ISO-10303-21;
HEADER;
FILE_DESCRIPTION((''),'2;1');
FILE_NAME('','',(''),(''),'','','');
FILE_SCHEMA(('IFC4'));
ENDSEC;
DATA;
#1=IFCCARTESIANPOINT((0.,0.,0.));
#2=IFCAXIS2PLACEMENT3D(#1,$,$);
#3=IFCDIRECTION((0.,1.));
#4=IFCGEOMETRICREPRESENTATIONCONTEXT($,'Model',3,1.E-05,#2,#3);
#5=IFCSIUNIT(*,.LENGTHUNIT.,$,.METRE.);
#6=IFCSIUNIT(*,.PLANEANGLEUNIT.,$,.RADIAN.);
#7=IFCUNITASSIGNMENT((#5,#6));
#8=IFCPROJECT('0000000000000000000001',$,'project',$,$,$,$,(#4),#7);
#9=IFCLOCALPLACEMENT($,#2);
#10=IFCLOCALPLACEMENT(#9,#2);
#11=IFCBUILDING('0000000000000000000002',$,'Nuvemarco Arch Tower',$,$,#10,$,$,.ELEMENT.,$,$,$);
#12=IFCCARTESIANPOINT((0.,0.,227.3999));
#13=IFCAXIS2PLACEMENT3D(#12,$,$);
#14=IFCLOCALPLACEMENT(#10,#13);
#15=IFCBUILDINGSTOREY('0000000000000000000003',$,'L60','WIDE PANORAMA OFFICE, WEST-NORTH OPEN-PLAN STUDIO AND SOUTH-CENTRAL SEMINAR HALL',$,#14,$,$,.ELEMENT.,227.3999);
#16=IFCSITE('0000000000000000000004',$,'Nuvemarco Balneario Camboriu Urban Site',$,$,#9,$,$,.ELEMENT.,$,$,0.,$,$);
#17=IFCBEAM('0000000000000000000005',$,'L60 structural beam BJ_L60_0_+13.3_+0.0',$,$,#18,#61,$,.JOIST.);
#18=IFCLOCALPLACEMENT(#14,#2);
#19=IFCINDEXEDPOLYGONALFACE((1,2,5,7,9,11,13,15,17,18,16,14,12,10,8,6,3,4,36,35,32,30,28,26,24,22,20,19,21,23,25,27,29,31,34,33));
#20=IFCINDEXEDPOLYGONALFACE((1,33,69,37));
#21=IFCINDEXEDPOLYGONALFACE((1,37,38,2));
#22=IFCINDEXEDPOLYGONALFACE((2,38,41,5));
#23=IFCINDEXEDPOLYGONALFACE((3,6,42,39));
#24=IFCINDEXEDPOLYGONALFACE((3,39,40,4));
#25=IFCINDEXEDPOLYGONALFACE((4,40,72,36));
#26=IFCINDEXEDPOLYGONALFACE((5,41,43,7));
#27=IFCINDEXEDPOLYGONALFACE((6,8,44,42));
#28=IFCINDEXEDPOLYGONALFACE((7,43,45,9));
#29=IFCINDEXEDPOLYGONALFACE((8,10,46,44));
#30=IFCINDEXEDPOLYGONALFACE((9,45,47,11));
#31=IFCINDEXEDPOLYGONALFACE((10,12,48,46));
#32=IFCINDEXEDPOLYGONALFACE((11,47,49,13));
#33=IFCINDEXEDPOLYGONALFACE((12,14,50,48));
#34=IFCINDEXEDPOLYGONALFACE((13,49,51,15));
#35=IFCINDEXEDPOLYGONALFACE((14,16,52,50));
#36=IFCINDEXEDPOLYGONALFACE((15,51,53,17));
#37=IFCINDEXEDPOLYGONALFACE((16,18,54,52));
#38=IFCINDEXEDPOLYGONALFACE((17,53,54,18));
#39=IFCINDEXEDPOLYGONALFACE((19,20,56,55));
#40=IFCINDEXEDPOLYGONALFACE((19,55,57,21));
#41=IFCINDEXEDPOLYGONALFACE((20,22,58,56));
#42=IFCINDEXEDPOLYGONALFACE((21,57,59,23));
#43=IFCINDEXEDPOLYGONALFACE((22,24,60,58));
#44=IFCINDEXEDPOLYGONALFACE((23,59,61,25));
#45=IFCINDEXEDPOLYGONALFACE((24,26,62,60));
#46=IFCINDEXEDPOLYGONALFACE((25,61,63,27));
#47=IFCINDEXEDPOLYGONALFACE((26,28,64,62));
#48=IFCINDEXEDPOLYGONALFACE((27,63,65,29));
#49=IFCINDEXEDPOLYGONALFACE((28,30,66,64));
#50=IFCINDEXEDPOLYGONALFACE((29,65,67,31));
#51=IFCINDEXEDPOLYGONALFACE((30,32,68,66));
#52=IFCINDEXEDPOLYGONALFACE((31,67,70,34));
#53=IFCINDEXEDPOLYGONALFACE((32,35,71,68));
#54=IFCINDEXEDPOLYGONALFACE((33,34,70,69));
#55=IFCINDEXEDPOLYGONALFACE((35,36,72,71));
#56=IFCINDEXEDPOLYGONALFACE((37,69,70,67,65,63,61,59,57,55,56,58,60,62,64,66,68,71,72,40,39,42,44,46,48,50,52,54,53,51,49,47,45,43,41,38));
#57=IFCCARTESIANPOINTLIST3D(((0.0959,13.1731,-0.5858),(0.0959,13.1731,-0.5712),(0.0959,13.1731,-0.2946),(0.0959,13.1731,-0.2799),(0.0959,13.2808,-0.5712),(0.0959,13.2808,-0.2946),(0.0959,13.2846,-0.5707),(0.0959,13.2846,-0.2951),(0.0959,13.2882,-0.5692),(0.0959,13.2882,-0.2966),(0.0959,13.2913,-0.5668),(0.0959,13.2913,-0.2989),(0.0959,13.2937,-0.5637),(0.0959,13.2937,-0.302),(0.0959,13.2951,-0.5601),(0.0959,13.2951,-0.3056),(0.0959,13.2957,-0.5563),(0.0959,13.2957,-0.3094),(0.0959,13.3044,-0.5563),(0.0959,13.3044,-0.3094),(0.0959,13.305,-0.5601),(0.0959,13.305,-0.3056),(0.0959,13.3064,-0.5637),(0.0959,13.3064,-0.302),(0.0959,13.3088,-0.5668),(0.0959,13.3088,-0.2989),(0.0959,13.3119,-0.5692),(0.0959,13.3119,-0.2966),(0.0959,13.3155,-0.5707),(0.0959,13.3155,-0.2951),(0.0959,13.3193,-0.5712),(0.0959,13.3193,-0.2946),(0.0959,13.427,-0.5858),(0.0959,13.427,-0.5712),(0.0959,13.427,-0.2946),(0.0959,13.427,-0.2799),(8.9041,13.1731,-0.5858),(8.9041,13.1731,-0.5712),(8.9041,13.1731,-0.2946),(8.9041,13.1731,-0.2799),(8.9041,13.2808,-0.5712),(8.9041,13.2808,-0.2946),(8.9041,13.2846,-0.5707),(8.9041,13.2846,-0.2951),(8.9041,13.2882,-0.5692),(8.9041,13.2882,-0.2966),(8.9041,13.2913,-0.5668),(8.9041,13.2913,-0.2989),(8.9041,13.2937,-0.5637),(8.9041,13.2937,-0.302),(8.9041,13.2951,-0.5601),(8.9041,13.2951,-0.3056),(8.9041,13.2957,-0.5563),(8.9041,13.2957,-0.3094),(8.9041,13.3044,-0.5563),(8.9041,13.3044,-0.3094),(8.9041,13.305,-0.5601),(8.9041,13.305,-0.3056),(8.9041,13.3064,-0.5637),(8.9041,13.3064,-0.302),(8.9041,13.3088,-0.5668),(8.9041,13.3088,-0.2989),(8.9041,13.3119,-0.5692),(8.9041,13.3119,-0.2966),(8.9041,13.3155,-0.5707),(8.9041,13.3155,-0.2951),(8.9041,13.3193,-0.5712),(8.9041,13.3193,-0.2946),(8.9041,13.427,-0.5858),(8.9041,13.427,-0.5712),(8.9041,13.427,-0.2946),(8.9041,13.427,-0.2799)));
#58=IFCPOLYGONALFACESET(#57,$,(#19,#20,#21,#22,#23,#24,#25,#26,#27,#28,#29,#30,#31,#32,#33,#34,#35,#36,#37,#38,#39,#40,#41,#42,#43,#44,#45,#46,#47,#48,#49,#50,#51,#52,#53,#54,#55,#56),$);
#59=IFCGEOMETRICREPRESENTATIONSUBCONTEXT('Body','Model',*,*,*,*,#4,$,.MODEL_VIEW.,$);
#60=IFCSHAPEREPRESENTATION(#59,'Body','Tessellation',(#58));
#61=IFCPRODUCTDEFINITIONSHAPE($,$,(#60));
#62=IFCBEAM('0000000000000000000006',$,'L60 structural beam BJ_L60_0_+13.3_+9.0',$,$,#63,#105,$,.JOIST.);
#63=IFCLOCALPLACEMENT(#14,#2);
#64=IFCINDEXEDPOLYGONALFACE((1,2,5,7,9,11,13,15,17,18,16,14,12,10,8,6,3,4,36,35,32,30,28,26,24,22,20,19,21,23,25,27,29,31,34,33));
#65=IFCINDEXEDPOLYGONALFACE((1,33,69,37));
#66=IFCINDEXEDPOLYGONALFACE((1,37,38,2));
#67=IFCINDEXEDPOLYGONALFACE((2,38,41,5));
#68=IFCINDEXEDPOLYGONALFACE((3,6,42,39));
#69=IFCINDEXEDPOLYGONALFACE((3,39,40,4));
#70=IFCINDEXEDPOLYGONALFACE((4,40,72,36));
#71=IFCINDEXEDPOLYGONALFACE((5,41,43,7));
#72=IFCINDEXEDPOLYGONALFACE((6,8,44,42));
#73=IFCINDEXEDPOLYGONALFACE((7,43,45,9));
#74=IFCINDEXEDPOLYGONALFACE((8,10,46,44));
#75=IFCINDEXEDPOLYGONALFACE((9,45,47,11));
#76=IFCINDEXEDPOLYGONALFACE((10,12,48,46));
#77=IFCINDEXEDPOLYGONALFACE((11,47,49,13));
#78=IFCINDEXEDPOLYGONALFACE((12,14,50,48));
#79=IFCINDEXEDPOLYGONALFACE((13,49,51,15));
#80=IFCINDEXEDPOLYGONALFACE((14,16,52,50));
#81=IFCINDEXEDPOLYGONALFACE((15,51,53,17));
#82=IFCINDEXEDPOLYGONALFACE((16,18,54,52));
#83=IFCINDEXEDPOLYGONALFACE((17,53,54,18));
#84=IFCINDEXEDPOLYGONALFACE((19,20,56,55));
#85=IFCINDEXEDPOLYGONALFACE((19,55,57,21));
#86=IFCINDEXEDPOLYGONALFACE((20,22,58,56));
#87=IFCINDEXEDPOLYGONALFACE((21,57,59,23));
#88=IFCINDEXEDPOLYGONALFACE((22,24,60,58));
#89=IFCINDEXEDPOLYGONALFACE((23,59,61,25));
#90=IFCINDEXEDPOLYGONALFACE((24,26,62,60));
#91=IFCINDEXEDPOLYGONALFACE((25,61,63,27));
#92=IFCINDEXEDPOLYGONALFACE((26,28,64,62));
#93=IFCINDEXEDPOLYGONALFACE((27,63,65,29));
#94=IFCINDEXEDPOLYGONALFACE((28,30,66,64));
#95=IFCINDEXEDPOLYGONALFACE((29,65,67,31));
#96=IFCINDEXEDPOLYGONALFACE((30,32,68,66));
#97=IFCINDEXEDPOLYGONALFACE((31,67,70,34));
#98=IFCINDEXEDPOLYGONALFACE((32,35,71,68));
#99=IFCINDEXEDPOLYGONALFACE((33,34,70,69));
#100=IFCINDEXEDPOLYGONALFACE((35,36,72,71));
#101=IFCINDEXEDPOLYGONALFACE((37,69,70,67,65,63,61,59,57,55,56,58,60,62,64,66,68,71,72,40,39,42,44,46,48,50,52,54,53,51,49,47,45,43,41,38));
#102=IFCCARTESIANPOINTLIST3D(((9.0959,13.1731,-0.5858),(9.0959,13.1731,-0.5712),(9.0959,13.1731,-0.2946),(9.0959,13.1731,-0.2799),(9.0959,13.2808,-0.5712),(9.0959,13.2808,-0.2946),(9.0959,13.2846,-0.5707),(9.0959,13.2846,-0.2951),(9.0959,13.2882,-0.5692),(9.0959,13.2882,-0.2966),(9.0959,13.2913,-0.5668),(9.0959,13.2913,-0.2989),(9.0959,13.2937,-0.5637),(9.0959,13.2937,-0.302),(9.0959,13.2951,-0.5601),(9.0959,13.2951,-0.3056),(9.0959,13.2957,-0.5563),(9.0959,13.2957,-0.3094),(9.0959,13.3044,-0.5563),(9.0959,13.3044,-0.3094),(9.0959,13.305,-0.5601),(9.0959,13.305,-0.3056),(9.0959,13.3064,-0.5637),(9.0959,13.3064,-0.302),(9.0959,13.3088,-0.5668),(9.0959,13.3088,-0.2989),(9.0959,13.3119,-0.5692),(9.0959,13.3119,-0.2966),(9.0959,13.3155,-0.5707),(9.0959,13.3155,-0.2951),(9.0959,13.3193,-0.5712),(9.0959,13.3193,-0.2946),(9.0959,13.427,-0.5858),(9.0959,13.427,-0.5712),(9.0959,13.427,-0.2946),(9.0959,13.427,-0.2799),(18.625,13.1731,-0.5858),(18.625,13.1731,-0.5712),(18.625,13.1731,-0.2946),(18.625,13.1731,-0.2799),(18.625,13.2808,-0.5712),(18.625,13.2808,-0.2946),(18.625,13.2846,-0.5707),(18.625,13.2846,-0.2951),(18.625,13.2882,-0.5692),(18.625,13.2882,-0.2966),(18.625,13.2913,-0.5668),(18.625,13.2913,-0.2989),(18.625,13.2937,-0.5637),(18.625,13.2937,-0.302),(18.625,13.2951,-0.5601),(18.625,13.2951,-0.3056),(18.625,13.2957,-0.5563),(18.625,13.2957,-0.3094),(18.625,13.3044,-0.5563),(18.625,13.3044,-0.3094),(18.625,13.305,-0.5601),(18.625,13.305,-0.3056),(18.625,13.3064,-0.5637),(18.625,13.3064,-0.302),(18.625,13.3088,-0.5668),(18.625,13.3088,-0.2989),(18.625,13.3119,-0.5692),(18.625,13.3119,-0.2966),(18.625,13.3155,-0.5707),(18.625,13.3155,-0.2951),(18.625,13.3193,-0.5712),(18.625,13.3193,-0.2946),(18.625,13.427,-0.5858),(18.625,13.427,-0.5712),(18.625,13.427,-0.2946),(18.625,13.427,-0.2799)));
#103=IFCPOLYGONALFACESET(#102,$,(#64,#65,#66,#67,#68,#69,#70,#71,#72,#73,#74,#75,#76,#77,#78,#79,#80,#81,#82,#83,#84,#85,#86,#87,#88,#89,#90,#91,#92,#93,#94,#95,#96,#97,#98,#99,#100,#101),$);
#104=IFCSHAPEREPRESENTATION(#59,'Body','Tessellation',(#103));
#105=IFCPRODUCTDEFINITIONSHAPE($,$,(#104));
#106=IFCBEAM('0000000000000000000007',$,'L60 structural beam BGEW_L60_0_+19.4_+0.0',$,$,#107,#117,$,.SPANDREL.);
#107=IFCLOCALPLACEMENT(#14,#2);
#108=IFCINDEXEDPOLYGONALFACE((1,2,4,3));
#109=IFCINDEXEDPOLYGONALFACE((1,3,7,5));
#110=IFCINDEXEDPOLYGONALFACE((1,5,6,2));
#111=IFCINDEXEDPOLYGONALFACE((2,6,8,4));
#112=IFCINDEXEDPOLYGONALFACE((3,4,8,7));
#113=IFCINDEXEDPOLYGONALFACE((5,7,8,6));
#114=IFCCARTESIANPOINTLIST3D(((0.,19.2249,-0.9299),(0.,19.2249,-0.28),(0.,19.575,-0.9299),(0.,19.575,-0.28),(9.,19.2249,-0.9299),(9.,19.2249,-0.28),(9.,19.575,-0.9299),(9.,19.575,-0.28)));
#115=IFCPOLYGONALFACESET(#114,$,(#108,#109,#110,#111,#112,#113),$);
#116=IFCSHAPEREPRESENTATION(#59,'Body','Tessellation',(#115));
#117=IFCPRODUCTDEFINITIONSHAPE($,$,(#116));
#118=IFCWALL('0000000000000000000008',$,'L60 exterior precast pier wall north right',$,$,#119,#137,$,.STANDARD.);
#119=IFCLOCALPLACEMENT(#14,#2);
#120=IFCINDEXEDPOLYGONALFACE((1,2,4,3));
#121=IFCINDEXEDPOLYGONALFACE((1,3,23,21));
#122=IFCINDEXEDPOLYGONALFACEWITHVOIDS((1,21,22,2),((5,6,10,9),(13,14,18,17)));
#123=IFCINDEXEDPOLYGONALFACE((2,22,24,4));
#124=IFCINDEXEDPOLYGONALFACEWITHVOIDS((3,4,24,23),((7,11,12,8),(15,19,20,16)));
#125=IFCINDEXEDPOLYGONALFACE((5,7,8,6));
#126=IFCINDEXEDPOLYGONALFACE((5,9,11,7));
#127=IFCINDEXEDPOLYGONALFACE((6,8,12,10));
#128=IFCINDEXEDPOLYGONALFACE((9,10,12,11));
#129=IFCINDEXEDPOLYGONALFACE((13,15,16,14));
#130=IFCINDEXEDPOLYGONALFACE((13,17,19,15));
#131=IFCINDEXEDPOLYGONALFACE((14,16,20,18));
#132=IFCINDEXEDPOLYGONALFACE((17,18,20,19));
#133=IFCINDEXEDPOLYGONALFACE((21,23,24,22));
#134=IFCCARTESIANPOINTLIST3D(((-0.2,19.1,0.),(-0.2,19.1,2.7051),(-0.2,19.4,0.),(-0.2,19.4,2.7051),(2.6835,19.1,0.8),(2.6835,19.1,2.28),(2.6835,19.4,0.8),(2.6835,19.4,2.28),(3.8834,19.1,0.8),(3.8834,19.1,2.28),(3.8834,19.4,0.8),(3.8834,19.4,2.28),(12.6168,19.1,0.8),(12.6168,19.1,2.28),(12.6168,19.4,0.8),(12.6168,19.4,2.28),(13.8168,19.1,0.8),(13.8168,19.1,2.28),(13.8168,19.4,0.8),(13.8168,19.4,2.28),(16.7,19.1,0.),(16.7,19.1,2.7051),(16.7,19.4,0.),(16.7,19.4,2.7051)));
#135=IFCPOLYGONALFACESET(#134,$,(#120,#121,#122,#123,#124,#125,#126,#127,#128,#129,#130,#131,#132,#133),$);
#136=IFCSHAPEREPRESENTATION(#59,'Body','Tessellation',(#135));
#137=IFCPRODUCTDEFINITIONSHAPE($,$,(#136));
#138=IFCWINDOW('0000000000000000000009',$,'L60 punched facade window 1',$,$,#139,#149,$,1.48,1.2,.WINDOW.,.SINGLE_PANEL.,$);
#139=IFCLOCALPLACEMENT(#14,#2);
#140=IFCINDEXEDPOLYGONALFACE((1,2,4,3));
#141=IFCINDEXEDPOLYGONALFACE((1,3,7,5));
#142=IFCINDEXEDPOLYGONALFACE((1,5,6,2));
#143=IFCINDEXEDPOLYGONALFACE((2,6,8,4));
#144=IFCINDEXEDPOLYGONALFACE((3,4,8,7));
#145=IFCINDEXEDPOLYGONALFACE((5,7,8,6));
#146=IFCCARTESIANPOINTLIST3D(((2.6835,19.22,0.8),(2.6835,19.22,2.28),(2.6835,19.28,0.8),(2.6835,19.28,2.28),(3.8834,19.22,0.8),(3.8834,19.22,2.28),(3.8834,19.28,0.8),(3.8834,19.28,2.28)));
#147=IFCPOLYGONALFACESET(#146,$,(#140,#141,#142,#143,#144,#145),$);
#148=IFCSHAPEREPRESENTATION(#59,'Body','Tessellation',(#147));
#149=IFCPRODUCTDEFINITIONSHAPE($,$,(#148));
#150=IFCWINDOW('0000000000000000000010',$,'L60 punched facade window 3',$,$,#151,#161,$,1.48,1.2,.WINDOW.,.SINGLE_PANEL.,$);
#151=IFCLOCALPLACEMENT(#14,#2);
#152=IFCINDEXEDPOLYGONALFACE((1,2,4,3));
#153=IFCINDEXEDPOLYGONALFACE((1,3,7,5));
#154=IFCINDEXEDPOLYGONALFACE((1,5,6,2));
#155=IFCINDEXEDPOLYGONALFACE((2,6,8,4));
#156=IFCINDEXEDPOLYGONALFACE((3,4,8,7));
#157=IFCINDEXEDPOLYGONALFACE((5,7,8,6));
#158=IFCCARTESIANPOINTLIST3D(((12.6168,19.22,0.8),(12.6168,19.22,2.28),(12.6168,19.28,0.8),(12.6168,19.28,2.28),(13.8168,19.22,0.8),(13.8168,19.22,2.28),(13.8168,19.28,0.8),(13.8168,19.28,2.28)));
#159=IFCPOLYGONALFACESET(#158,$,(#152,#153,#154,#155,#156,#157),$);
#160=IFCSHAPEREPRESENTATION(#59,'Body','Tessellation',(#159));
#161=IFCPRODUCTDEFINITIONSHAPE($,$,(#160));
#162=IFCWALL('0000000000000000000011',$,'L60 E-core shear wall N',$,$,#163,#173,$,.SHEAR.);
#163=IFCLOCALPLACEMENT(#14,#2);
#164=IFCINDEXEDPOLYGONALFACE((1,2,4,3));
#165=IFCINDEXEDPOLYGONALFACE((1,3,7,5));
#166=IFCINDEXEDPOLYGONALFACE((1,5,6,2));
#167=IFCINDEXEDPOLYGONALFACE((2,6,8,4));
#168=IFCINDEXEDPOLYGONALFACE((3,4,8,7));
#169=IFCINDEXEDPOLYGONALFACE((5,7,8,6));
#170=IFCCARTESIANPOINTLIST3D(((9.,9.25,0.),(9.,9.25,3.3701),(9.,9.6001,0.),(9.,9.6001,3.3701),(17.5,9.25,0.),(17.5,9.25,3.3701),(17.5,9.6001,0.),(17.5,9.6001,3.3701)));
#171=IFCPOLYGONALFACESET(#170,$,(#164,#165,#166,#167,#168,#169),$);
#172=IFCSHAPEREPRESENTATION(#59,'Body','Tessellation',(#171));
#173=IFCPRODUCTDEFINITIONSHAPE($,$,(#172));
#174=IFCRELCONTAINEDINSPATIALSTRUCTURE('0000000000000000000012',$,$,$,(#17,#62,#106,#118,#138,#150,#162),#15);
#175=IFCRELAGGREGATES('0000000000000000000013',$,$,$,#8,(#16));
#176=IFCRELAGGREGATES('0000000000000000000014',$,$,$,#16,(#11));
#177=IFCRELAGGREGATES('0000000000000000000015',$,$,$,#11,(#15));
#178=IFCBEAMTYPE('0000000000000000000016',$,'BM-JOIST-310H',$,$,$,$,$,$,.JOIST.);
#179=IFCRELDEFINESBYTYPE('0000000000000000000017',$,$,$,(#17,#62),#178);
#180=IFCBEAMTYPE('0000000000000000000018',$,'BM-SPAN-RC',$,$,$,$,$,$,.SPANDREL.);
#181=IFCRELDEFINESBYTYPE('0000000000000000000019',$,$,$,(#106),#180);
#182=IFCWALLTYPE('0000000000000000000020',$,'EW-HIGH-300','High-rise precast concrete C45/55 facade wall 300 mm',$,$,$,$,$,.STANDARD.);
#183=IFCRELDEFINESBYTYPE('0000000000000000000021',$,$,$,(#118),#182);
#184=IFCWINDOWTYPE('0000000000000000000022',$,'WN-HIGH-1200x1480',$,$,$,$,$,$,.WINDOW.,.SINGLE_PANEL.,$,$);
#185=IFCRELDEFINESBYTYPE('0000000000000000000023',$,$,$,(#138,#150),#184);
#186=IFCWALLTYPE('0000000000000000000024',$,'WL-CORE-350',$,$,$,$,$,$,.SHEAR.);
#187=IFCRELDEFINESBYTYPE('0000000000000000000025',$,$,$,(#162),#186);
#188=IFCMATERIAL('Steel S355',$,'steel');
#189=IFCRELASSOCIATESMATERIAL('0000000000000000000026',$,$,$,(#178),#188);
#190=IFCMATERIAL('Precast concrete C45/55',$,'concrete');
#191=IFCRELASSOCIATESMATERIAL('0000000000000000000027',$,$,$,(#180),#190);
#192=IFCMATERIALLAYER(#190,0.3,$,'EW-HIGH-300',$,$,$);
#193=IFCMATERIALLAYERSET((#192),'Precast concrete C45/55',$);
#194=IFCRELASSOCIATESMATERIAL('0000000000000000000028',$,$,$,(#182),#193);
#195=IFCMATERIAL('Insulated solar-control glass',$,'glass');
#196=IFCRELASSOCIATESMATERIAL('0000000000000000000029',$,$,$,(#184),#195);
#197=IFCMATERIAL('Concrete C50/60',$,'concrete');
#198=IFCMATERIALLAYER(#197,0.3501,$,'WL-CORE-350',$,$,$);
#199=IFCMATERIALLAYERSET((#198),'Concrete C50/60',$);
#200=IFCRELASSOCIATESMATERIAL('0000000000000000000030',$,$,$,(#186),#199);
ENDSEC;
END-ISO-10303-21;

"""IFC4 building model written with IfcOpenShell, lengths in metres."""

from ifc_helpers import new_model, si_unit, direction, frame, frame_2d, origin, origin_2d, place, context, subcontext, project, spatial, rectangle, i_section, extrude, source, transform, mapped, material, layer, layer_set, material_profile, profile_set, type_object, type_shapes, element, fill, save


model = new_model("IFC4")

# Units and contexts
model_context = context("Model", 3, precision=1e-05, world=origin(), true_north=direction((0.0, 1.0)))
body_context = subcontext(model_context, "Body", "Model", "MODEL_VIEW")
ifc_project = project(units=[si_unit("LENGTHUNIT", "METRE"), si_unit("PLANEANGLEUNIT", "RADIAN")], contexts=[model_context])

# Site, building, storey
site_placement = place(None, origin())
site = spatial("IfcSite", under=ifc_project, at=site_placement, Name="Nuvemarco Balneario Camboriu Urban Site", CompositionType="ELEMENT", RefElevation=0.0)
building_placement = place(site_placement, origin())
building = spatial("IfcBuilding", under=site, at=building_placement, Name="Nuvemarco Arch Tower", CompositionType="ELEMENT")
storey_placement = place(building_placement, frame((0.0, 0.0, 227.3999)))
storey = spatial("IfcBuildingStorey", under=building, at=storey_placement, Name="L60", Description="WIDE PANORAMA OFFICE, WEST-NORTH OPEN-PLAN STUDIO AND SOUTH-CENTRAL SEMINAR HALL", CompositionType="ELEMENT", Elevation=227.3999)

# Shared definitions
ifc_material_1 = material(Name="Concrete C50/60", Category="concrete")
ifc_material_2 = material(Name="Steel S355", Category="steel")

# Beams
ifc_material_profile_1 = material_profile(ifc_material_2, i_section(OverallWidth=0.2539, OverallDepth=0.3059, WebThickness=0.0088, FlangeThickness=0.0146, FilletRadius=0.0149, at=origin_2d()), Name="W310x79")
ifc_profile_set_1 = profile_set([ifc_material_profile_1], Name="Steel S355")
beam_type_1 = type_object("IfcBeamType", Name="BM-JOIST-310H", PredefinedType="JOIST", material=ifc_profile_set_1)
beam_1_placement = place(storey_placement, frame((0.0959, 13.3, -0.4329), z_axis=(1.0, 0.0, 0.0), x_axis=(0.0, 1.0, 0.0)))
element("IfcBeam", 1, at=beam_1_placement, inside=storey, type_object=beam_type_1, Name="L60 structural beam BJ_L60_0_+13.3_+0.0", PredefinedType="JOIST", context=body_context, shape_type="SweptSolid", body=[
    extrude(i_section(OverallWidth=0.2539, OverallDepth=0.3059, WebThickness=0.0088, FlangeThickness=0.0146, FilletRadius=0.0149, at=origin_2d()), origin(), (0.0, 0.0, 1.0), 8.8081),
])
beam_2_placement = place(storey_placement, frame((9.0959, 13.3, -0.4329), z_axis=(1.0, 0.0, 0.0), x_axis=(0.0, 1.0, 0.0)))
element("IfcBeam", 2, at=beam_2_placement, inside=storey, type_object=beam_type_1, Name="L60 structural beam BJ_L60_0_+13.3_+9.0", PredefinedType="JOIST", context=body_context, shape_type="SweptSolid", body=[
    extrude(i_section(OverallWidth=0.2539, OverallDepth=0.3059, WebThickness=0.0088, FlangeThickness=0.0146, FilletRadius=0.0149, at=origin_2d()), origin(), (0.0, 0.0, 1.0), 9.5291),
])
ifc_material_3 = material(Name="Precast concrete C45/55", Category="concrete")
ifc_material_profile_2 = material_profile(ifc_material_3, rectangle(XDim=0.3501, YDim=0.6499, at=origin_2d()), Name="PC-SP-350x650")
ifc_profile_set_2 = profile_set([ifc_material_profile_2], Name="Precast concrete C45/55")
beam_type_2 = type_object("IfcBeamType", Name="BM-SPAN-RC", PredefinedType="SPANDREL", material=ifc_profile_set_2)
beam_3_placement = place(storey_placement, frame((0.0, 19.3999, -0.605), z_axis=(1.0, 0.0, 0.0), x_axis=(0.0, 1.0, 0.0)))
element("IfcBeam", 3, at=beam_3_placement, inside=storey, type_object=beam_type_2, Name="L60 structural beam BGEW_L60_0_+19.4_+0.0", PredefinedType="SPANDREL", context=body_context, shape_type="SweptSolid", body=[
    extrude(rectangle(XDim=0.3501, YDim=0.6499, at=origin_2d()), origin(), (0.0, 0.0, 1.0), 9.0),
])

# Wall, openings, windows
ifc_layer_1 = layer(ifc_material_3, 0.3, Name="EW-HIGH-300")
ifc_layer_set_1 = layer_set([ifc_layer_1], Name="Precast concrete C45/55")
wall_type_1 = type_object("IfcWallType", Name="EW-HIGH-300", Description="High-rise precast concrete C45/55 facade wall 300 mm", PredefinedType="STANDARD", material=ifc_layer_set_1)
wall_1_placement = place(storey_placement, frame((-0.2, 19.25, 0.0), z_axis=(0.0, 0.0, 1.0), x_axis=(1.0, 0.0, 0.0)))
wall_1 = element("IfcWall", 4, at=wall_1_placement, inside=storey, type_object=wall_type_1, Name="L60 exterior precast pier wall north right", PredefinedType="STANDARD", context=body_context, shape_type="SweptSolid", body=[
    extrude(rectangle(XDim=16.8999, YDim=0.3, at=frame_2d((8.45, 0.0))), origin(), (0.0, 0.0, 1.0), 2.7051),
])
opening_1_placement = place(wall_1_placement, frame((2.8833, 0.0, 0.8)))
opening_1 = element("IfcOpeningElement", 5, at=opening_1_placement, cuts=wall_1, PredefinedType="OPENING", context=body_context, shape_type="SweptSolid", body=[
    extrude(rectangle(XDim=1.2, YDim=1.48, at=frame_2d((0.6001, 0.74))), frame((0.0, 0.1599, 0.0), z_axis=(0.0, -1.0, 0.0), x_axis=(1.0, 0.0, 0.0)), (0.0, 0.0, 1.0), 0.3201),
])
opening_2_placement = place(wall_1_placement, frame((12.8167, 0.0, 0.8)))
opening_2 = element("IfcOpeningElement", 6, at=opening_2_placement, cuts=wall_1, PredefinedType="OPENING", context=body_context, shape_type="SweptSolid", body=[
    extrude(rectangle(XDim=1.2, YDim=1.48, at=frame_2d((0.6001, 0.74))), frame((0.0, 0.1599, 0.0), z_axis=(0.0, -1.0, 0.0), x_axis=(1.0, 0.0, 0.0)), (0.0, 0.0, 1.0), 0.3201),
])
ifc_material_4 = material(Name="Insulated solar-control glass", Category="glass")
window_type = type_object("IfcWindowType", Name="WN-HIGH-1200x1480", PartitioningType="SINGLE_PANEL", PredefinedType="WINDOW", material=ifc_material_4)
shared_shape_1 = source(origin(), body_context, "Body", "SweptSolid", [
    extrude(rectangle(XDim=1.2, YDim=1.48, at=frame_2d((0.6001, 0.74))), frame((0.0, 0.03, 0.0), z_axis=(0.0, -1.0, 0.0), x_axis=(1.0, 0.0, 0.0)), (0.0, 0.0, 1.0), 0.0601),
])
type_shapes(window_type, [shared_shape_1])
window_1_placement = place(opening_1_placement, origin())
window_1 = element("IfcWindow", 7, at=window_1_placement, inside=storey, type_object=window_type, Name="L60 punched facade window 1", OverallHeight=1.48, OverallWidth=1.2, PartitioningType="SINGLE_PANEL", PredefinedType="WINDOW", context=body_context, shape_type="MappedRepresentation", body=[
    mapped(shared_shape_1, transform((0.0, 0.0, 0.0), scale=1.0)),
])
fill(opening_1, window_1)
window_2_placement = place(opening_2_placement, origin())
window_2 = element("IfcWindow", 8, at=window_2_placement, inside=storey, type_object=window_type, Name="L60 punched facade window 3", OverallHeight=1.48, OverallWidth=1.2, PartitioningType="SINGLE_PANEL", PredefinedType="WINDOW", context=body_context, shape_type="MappedRepresentation", body=[
    mapped(shared_shape_1, transform((0.0, 0.0, 0.0), scale=1.0)),
])
fill(opening_2, window_2)

# Wall
ifc_layer_2 = layer(ifc_material_1, 0.3501, Name="WL-CORE-350")
ifc_layer_set_2 = layer_set([ifc_layer_2], Name="Concrete C50/60")
wall_type_2 = type_object("IfcWallType", Name="WL-CORE-350", PredefinedType="SHEAR", material=ifc_layer_set_2)
wall_2_placement = place(storey_placement, frame((9.0, 9.425, 0.0), z_axis=(0.0, 0.0, 1.0), x_axis=(1.0, 0.0, 0.0)))
element("IfcWall", 9, at=wall_2_placement, inside=storey, type_object=wall_type_2, Name="L60 E-core shear wall N", PredefinedType="SHEAR", context=body_context, shape_type="SweptSolid", body=[
    extrude(rectangle(XDim=8.5, YDim=0.3501, at=frame_2d((4.25, 0.0))), origin(), (0.0, 0.0, 1.0), 3.3701),
])

save(model, "model.ifc")
